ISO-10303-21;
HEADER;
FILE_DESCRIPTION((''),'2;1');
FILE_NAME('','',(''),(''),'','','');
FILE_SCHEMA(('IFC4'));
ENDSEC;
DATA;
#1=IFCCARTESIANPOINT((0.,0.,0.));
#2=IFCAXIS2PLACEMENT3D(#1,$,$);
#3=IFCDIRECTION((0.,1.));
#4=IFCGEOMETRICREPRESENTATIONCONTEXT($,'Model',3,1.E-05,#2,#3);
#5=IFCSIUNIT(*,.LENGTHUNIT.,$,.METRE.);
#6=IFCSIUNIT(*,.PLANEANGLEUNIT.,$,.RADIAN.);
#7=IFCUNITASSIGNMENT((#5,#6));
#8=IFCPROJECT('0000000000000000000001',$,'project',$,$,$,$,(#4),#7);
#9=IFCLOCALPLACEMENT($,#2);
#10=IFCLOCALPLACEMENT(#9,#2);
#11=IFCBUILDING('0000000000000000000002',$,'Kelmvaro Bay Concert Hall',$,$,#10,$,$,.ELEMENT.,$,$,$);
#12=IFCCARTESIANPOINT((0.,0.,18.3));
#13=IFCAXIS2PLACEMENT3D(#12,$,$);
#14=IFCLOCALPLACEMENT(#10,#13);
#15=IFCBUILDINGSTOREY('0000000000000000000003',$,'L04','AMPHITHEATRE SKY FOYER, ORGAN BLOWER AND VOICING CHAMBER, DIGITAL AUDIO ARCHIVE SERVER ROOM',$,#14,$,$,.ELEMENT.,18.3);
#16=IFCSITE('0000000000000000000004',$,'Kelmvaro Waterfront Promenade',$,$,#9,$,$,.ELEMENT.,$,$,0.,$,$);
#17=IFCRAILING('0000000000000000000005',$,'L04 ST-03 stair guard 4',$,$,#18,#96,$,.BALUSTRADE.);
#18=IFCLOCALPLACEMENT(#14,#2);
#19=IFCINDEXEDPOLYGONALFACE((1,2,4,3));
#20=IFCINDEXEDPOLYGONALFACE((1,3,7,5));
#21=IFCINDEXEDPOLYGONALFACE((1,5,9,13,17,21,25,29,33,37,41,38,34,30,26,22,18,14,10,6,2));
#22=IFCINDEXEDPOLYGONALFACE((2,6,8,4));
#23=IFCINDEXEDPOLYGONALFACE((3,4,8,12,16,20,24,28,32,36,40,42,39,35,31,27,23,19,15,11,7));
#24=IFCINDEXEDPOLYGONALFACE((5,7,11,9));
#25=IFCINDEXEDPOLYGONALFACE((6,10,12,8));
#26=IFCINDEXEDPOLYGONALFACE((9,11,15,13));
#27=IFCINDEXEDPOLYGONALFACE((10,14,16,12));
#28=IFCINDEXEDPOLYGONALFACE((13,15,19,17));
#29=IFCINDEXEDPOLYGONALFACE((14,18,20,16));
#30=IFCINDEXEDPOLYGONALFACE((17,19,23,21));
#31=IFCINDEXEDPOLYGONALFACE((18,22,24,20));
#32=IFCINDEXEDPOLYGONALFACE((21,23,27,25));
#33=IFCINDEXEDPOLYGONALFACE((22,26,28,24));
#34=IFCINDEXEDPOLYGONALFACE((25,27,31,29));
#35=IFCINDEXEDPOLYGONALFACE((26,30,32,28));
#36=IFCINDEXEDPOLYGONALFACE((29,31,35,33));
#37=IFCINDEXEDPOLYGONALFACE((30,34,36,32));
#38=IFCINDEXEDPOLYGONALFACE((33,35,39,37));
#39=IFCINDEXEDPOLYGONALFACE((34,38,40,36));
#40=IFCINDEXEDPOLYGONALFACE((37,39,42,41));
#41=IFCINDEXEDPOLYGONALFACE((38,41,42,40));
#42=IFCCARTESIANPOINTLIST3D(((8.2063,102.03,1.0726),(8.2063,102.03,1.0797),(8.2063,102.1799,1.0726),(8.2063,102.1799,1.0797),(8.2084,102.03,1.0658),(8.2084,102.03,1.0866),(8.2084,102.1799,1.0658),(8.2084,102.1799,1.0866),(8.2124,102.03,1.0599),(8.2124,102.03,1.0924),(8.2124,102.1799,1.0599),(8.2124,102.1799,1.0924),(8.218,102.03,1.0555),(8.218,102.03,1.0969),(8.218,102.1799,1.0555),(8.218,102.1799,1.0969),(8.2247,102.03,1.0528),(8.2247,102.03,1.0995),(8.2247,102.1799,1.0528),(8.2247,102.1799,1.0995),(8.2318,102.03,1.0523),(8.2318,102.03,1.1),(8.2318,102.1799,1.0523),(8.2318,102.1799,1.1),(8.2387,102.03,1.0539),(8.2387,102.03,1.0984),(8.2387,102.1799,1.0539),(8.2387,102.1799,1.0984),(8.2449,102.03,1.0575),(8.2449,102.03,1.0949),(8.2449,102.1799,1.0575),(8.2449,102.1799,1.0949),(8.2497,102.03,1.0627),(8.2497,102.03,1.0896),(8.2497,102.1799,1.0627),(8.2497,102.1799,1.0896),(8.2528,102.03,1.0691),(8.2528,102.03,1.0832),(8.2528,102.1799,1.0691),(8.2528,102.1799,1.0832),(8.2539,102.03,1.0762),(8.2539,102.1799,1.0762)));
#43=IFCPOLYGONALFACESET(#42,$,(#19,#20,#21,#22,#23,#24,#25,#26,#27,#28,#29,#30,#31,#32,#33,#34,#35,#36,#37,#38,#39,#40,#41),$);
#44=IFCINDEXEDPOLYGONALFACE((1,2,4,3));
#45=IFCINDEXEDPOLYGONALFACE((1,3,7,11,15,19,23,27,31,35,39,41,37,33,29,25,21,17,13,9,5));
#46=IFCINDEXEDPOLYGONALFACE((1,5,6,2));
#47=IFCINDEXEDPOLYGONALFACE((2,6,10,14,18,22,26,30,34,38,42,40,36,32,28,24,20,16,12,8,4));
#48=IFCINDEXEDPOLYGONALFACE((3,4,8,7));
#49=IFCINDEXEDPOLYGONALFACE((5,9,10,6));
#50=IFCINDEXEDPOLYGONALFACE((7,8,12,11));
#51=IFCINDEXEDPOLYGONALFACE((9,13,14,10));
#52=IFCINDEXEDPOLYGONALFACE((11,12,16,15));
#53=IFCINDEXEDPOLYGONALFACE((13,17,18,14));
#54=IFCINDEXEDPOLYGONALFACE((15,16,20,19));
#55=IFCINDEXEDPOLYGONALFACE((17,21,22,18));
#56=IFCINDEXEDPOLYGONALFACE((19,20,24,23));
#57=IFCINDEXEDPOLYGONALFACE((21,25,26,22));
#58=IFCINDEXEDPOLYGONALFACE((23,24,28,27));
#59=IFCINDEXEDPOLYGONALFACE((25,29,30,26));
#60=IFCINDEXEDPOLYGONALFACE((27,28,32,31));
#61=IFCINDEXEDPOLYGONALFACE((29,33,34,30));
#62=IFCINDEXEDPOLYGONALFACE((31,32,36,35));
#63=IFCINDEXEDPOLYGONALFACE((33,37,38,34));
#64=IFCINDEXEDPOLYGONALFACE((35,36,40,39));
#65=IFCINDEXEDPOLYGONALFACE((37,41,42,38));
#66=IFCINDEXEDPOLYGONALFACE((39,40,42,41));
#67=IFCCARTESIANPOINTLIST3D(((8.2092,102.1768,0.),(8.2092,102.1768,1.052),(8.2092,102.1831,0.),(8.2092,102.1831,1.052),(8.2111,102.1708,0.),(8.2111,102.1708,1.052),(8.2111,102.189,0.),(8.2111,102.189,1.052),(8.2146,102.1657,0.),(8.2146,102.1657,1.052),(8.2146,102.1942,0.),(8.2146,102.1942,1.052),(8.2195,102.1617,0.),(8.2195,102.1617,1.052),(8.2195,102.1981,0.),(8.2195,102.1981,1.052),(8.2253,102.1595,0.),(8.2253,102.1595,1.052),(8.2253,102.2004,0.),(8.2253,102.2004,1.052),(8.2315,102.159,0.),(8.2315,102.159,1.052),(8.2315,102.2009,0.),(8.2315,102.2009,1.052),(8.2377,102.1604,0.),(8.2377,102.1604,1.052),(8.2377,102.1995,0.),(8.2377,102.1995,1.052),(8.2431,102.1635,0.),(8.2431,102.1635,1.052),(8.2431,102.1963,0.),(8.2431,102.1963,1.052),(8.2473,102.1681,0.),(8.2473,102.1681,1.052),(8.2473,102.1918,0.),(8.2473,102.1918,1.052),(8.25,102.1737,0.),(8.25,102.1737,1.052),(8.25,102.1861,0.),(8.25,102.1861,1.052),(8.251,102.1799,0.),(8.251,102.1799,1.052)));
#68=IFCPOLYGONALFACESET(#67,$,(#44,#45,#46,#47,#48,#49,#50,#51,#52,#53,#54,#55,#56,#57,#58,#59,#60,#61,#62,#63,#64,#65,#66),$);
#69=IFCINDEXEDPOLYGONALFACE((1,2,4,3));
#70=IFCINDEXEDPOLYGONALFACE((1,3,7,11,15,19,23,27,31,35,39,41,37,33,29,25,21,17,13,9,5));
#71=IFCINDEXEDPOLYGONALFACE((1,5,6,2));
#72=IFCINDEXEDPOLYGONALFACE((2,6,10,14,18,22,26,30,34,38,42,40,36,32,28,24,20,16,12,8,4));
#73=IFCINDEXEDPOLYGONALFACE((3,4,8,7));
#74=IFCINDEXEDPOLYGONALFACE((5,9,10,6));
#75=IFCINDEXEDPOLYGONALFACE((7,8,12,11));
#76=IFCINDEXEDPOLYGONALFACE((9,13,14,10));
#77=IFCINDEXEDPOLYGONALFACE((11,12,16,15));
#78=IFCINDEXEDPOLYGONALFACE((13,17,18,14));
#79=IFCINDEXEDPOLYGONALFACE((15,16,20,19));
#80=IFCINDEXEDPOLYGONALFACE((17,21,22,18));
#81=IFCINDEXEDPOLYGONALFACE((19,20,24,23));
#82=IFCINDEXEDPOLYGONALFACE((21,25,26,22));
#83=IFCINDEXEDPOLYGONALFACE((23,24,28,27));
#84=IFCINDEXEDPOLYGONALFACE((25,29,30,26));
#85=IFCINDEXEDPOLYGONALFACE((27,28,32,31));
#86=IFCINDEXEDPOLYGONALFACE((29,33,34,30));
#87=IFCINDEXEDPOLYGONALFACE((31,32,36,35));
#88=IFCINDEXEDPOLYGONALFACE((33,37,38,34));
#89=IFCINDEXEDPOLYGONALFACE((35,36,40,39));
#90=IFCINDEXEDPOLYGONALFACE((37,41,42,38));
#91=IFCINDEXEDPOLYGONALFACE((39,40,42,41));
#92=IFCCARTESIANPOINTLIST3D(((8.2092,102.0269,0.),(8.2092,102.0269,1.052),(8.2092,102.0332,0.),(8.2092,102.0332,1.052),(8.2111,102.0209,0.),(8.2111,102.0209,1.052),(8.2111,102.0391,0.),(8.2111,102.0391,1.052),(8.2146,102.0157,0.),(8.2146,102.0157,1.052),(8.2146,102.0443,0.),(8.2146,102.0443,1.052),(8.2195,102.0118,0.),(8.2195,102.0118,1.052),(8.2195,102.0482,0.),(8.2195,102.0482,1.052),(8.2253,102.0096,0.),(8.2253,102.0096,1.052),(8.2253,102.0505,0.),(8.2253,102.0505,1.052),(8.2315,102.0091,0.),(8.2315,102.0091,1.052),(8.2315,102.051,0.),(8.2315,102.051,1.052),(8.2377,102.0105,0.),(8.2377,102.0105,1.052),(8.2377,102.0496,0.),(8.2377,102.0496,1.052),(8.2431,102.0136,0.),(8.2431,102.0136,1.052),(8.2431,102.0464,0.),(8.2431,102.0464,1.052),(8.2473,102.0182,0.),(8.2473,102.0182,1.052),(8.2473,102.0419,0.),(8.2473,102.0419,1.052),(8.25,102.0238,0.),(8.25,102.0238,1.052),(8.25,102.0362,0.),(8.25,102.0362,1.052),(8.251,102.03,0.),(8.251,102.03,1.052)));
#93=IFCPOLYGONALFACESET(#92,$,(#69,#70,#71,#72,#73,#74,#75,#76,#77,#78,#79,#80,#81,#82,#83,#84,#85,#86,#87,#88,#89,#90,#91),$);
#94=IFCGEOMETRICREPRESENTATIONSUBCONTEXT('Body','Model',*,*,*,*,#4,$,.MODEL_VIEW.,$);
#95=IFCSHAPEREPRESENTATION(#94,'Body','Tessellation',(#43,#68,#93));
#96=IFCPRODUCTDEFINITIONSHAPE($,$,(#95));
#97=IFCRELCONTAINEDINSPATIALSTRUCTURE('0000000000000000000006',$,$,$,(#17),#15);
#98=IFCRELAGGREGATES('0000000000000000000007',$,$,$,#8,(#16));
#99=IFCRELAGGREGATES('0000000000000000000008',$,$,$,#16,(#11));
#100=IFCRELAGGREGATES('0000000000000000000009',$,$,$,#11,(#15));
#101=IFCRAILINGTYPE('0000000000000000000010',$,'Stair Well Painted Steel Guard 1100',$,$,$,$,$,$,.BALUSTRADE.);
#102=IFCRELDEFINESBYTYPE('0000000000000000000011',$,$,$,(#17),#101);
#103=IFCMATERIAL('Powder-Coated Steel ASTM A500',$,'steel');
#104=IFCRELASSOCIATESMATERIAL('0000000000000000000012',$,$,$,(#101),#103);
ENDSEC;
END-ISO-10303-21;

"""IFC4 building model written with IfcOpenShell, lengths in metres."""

from ifc_helpers import new_model, si_unit, direction, frame, origin, origin_2d, place, context, subcontext, project, spatial, circle, extrude, material, type_object, element, save


model = new_model("IFC4")

# Units and contexts
model_context = context("Model", 3, precision=1e-05, world=origin(), true_north=direction((0.0, 1.0)))
body_context = subcontext(model_context, "Body", "Model", "MODEL_VIEW")
ifc_project = project(units=[si_unit("LENGTHUNIT", "METRE"), si_unit("PLANEANGLEUNIT", "RADIAN")], contexts=[model_context])

# Site, building, storey
site_placement = place(None, origin())
site = spatial("IfcSite", under=ifc_project, at=site_placement, Name="Kelmvaro Waterfront Promenade", CompositionType="ELEMENT", RefElevation=0.0)
building_placement = place(site_placement, origin())
building = spatial("IfcBuilding", under=site, at=building_placement, Name="Kelmvaro Bay Concert Hall", CompositionType="ELEMENT")
storey_placement = place(building_placement, frame((0.0, 0.0, 18.3)))
storey = spatial("IfcBuildingStorey", under=building, at=storey_placement, Name="L04", Description="AMPHITHEATRE SKY FOYER, ORGAN BLOWER AND VOICING CHAMBER, DIGITAL AUDIO ARCHIVE SERVER ROOM", CompositionType="ELEMENT", Elevation=18.3)

# Railing
ifc_material_1 = material(Name="Powder-Coated Steel ASTM A500", Category="steel")
railing_type_1 = type_object("IfcRailingType", Name="Stair Well Painted Steel Guard 1100", PredefinedType="BALUSTRADE", material=ifc_material_1)
railing_1_placement = place(storey_placement, frame((8.23, 102.1799, 0.0)))
element("IfcRailing", 1, at=railing_1_placement, inside=storey, type_object=railing_type_1, Name="L04 ST-03 stair guard 4", PredefinedType="BALUSTRADE", context=body_context, shape_type="SweptSolid", body=[
    extrude(circle(Radius=0.0239, at=origin_2d()), frame((0.0, 0.0, 1.0762), z_axis=(0.0, -1.0, 0.0), x_axis=(1.0, 0.0, 0.0)), (0.0, 0.0, 1.0), 0.1499),
    extrude(circle(Radius=0.021, at=origin_2d()), origin(), (0.0, 0.0, 1.0), 1.052),
    extrude(circle(Radius=0.021, at=origin_2d()), frame((0.0, -0.1499, 0.0)), (0.0, 0.0, 1.0), 1.052),
])

save(model, "model.ifc")
